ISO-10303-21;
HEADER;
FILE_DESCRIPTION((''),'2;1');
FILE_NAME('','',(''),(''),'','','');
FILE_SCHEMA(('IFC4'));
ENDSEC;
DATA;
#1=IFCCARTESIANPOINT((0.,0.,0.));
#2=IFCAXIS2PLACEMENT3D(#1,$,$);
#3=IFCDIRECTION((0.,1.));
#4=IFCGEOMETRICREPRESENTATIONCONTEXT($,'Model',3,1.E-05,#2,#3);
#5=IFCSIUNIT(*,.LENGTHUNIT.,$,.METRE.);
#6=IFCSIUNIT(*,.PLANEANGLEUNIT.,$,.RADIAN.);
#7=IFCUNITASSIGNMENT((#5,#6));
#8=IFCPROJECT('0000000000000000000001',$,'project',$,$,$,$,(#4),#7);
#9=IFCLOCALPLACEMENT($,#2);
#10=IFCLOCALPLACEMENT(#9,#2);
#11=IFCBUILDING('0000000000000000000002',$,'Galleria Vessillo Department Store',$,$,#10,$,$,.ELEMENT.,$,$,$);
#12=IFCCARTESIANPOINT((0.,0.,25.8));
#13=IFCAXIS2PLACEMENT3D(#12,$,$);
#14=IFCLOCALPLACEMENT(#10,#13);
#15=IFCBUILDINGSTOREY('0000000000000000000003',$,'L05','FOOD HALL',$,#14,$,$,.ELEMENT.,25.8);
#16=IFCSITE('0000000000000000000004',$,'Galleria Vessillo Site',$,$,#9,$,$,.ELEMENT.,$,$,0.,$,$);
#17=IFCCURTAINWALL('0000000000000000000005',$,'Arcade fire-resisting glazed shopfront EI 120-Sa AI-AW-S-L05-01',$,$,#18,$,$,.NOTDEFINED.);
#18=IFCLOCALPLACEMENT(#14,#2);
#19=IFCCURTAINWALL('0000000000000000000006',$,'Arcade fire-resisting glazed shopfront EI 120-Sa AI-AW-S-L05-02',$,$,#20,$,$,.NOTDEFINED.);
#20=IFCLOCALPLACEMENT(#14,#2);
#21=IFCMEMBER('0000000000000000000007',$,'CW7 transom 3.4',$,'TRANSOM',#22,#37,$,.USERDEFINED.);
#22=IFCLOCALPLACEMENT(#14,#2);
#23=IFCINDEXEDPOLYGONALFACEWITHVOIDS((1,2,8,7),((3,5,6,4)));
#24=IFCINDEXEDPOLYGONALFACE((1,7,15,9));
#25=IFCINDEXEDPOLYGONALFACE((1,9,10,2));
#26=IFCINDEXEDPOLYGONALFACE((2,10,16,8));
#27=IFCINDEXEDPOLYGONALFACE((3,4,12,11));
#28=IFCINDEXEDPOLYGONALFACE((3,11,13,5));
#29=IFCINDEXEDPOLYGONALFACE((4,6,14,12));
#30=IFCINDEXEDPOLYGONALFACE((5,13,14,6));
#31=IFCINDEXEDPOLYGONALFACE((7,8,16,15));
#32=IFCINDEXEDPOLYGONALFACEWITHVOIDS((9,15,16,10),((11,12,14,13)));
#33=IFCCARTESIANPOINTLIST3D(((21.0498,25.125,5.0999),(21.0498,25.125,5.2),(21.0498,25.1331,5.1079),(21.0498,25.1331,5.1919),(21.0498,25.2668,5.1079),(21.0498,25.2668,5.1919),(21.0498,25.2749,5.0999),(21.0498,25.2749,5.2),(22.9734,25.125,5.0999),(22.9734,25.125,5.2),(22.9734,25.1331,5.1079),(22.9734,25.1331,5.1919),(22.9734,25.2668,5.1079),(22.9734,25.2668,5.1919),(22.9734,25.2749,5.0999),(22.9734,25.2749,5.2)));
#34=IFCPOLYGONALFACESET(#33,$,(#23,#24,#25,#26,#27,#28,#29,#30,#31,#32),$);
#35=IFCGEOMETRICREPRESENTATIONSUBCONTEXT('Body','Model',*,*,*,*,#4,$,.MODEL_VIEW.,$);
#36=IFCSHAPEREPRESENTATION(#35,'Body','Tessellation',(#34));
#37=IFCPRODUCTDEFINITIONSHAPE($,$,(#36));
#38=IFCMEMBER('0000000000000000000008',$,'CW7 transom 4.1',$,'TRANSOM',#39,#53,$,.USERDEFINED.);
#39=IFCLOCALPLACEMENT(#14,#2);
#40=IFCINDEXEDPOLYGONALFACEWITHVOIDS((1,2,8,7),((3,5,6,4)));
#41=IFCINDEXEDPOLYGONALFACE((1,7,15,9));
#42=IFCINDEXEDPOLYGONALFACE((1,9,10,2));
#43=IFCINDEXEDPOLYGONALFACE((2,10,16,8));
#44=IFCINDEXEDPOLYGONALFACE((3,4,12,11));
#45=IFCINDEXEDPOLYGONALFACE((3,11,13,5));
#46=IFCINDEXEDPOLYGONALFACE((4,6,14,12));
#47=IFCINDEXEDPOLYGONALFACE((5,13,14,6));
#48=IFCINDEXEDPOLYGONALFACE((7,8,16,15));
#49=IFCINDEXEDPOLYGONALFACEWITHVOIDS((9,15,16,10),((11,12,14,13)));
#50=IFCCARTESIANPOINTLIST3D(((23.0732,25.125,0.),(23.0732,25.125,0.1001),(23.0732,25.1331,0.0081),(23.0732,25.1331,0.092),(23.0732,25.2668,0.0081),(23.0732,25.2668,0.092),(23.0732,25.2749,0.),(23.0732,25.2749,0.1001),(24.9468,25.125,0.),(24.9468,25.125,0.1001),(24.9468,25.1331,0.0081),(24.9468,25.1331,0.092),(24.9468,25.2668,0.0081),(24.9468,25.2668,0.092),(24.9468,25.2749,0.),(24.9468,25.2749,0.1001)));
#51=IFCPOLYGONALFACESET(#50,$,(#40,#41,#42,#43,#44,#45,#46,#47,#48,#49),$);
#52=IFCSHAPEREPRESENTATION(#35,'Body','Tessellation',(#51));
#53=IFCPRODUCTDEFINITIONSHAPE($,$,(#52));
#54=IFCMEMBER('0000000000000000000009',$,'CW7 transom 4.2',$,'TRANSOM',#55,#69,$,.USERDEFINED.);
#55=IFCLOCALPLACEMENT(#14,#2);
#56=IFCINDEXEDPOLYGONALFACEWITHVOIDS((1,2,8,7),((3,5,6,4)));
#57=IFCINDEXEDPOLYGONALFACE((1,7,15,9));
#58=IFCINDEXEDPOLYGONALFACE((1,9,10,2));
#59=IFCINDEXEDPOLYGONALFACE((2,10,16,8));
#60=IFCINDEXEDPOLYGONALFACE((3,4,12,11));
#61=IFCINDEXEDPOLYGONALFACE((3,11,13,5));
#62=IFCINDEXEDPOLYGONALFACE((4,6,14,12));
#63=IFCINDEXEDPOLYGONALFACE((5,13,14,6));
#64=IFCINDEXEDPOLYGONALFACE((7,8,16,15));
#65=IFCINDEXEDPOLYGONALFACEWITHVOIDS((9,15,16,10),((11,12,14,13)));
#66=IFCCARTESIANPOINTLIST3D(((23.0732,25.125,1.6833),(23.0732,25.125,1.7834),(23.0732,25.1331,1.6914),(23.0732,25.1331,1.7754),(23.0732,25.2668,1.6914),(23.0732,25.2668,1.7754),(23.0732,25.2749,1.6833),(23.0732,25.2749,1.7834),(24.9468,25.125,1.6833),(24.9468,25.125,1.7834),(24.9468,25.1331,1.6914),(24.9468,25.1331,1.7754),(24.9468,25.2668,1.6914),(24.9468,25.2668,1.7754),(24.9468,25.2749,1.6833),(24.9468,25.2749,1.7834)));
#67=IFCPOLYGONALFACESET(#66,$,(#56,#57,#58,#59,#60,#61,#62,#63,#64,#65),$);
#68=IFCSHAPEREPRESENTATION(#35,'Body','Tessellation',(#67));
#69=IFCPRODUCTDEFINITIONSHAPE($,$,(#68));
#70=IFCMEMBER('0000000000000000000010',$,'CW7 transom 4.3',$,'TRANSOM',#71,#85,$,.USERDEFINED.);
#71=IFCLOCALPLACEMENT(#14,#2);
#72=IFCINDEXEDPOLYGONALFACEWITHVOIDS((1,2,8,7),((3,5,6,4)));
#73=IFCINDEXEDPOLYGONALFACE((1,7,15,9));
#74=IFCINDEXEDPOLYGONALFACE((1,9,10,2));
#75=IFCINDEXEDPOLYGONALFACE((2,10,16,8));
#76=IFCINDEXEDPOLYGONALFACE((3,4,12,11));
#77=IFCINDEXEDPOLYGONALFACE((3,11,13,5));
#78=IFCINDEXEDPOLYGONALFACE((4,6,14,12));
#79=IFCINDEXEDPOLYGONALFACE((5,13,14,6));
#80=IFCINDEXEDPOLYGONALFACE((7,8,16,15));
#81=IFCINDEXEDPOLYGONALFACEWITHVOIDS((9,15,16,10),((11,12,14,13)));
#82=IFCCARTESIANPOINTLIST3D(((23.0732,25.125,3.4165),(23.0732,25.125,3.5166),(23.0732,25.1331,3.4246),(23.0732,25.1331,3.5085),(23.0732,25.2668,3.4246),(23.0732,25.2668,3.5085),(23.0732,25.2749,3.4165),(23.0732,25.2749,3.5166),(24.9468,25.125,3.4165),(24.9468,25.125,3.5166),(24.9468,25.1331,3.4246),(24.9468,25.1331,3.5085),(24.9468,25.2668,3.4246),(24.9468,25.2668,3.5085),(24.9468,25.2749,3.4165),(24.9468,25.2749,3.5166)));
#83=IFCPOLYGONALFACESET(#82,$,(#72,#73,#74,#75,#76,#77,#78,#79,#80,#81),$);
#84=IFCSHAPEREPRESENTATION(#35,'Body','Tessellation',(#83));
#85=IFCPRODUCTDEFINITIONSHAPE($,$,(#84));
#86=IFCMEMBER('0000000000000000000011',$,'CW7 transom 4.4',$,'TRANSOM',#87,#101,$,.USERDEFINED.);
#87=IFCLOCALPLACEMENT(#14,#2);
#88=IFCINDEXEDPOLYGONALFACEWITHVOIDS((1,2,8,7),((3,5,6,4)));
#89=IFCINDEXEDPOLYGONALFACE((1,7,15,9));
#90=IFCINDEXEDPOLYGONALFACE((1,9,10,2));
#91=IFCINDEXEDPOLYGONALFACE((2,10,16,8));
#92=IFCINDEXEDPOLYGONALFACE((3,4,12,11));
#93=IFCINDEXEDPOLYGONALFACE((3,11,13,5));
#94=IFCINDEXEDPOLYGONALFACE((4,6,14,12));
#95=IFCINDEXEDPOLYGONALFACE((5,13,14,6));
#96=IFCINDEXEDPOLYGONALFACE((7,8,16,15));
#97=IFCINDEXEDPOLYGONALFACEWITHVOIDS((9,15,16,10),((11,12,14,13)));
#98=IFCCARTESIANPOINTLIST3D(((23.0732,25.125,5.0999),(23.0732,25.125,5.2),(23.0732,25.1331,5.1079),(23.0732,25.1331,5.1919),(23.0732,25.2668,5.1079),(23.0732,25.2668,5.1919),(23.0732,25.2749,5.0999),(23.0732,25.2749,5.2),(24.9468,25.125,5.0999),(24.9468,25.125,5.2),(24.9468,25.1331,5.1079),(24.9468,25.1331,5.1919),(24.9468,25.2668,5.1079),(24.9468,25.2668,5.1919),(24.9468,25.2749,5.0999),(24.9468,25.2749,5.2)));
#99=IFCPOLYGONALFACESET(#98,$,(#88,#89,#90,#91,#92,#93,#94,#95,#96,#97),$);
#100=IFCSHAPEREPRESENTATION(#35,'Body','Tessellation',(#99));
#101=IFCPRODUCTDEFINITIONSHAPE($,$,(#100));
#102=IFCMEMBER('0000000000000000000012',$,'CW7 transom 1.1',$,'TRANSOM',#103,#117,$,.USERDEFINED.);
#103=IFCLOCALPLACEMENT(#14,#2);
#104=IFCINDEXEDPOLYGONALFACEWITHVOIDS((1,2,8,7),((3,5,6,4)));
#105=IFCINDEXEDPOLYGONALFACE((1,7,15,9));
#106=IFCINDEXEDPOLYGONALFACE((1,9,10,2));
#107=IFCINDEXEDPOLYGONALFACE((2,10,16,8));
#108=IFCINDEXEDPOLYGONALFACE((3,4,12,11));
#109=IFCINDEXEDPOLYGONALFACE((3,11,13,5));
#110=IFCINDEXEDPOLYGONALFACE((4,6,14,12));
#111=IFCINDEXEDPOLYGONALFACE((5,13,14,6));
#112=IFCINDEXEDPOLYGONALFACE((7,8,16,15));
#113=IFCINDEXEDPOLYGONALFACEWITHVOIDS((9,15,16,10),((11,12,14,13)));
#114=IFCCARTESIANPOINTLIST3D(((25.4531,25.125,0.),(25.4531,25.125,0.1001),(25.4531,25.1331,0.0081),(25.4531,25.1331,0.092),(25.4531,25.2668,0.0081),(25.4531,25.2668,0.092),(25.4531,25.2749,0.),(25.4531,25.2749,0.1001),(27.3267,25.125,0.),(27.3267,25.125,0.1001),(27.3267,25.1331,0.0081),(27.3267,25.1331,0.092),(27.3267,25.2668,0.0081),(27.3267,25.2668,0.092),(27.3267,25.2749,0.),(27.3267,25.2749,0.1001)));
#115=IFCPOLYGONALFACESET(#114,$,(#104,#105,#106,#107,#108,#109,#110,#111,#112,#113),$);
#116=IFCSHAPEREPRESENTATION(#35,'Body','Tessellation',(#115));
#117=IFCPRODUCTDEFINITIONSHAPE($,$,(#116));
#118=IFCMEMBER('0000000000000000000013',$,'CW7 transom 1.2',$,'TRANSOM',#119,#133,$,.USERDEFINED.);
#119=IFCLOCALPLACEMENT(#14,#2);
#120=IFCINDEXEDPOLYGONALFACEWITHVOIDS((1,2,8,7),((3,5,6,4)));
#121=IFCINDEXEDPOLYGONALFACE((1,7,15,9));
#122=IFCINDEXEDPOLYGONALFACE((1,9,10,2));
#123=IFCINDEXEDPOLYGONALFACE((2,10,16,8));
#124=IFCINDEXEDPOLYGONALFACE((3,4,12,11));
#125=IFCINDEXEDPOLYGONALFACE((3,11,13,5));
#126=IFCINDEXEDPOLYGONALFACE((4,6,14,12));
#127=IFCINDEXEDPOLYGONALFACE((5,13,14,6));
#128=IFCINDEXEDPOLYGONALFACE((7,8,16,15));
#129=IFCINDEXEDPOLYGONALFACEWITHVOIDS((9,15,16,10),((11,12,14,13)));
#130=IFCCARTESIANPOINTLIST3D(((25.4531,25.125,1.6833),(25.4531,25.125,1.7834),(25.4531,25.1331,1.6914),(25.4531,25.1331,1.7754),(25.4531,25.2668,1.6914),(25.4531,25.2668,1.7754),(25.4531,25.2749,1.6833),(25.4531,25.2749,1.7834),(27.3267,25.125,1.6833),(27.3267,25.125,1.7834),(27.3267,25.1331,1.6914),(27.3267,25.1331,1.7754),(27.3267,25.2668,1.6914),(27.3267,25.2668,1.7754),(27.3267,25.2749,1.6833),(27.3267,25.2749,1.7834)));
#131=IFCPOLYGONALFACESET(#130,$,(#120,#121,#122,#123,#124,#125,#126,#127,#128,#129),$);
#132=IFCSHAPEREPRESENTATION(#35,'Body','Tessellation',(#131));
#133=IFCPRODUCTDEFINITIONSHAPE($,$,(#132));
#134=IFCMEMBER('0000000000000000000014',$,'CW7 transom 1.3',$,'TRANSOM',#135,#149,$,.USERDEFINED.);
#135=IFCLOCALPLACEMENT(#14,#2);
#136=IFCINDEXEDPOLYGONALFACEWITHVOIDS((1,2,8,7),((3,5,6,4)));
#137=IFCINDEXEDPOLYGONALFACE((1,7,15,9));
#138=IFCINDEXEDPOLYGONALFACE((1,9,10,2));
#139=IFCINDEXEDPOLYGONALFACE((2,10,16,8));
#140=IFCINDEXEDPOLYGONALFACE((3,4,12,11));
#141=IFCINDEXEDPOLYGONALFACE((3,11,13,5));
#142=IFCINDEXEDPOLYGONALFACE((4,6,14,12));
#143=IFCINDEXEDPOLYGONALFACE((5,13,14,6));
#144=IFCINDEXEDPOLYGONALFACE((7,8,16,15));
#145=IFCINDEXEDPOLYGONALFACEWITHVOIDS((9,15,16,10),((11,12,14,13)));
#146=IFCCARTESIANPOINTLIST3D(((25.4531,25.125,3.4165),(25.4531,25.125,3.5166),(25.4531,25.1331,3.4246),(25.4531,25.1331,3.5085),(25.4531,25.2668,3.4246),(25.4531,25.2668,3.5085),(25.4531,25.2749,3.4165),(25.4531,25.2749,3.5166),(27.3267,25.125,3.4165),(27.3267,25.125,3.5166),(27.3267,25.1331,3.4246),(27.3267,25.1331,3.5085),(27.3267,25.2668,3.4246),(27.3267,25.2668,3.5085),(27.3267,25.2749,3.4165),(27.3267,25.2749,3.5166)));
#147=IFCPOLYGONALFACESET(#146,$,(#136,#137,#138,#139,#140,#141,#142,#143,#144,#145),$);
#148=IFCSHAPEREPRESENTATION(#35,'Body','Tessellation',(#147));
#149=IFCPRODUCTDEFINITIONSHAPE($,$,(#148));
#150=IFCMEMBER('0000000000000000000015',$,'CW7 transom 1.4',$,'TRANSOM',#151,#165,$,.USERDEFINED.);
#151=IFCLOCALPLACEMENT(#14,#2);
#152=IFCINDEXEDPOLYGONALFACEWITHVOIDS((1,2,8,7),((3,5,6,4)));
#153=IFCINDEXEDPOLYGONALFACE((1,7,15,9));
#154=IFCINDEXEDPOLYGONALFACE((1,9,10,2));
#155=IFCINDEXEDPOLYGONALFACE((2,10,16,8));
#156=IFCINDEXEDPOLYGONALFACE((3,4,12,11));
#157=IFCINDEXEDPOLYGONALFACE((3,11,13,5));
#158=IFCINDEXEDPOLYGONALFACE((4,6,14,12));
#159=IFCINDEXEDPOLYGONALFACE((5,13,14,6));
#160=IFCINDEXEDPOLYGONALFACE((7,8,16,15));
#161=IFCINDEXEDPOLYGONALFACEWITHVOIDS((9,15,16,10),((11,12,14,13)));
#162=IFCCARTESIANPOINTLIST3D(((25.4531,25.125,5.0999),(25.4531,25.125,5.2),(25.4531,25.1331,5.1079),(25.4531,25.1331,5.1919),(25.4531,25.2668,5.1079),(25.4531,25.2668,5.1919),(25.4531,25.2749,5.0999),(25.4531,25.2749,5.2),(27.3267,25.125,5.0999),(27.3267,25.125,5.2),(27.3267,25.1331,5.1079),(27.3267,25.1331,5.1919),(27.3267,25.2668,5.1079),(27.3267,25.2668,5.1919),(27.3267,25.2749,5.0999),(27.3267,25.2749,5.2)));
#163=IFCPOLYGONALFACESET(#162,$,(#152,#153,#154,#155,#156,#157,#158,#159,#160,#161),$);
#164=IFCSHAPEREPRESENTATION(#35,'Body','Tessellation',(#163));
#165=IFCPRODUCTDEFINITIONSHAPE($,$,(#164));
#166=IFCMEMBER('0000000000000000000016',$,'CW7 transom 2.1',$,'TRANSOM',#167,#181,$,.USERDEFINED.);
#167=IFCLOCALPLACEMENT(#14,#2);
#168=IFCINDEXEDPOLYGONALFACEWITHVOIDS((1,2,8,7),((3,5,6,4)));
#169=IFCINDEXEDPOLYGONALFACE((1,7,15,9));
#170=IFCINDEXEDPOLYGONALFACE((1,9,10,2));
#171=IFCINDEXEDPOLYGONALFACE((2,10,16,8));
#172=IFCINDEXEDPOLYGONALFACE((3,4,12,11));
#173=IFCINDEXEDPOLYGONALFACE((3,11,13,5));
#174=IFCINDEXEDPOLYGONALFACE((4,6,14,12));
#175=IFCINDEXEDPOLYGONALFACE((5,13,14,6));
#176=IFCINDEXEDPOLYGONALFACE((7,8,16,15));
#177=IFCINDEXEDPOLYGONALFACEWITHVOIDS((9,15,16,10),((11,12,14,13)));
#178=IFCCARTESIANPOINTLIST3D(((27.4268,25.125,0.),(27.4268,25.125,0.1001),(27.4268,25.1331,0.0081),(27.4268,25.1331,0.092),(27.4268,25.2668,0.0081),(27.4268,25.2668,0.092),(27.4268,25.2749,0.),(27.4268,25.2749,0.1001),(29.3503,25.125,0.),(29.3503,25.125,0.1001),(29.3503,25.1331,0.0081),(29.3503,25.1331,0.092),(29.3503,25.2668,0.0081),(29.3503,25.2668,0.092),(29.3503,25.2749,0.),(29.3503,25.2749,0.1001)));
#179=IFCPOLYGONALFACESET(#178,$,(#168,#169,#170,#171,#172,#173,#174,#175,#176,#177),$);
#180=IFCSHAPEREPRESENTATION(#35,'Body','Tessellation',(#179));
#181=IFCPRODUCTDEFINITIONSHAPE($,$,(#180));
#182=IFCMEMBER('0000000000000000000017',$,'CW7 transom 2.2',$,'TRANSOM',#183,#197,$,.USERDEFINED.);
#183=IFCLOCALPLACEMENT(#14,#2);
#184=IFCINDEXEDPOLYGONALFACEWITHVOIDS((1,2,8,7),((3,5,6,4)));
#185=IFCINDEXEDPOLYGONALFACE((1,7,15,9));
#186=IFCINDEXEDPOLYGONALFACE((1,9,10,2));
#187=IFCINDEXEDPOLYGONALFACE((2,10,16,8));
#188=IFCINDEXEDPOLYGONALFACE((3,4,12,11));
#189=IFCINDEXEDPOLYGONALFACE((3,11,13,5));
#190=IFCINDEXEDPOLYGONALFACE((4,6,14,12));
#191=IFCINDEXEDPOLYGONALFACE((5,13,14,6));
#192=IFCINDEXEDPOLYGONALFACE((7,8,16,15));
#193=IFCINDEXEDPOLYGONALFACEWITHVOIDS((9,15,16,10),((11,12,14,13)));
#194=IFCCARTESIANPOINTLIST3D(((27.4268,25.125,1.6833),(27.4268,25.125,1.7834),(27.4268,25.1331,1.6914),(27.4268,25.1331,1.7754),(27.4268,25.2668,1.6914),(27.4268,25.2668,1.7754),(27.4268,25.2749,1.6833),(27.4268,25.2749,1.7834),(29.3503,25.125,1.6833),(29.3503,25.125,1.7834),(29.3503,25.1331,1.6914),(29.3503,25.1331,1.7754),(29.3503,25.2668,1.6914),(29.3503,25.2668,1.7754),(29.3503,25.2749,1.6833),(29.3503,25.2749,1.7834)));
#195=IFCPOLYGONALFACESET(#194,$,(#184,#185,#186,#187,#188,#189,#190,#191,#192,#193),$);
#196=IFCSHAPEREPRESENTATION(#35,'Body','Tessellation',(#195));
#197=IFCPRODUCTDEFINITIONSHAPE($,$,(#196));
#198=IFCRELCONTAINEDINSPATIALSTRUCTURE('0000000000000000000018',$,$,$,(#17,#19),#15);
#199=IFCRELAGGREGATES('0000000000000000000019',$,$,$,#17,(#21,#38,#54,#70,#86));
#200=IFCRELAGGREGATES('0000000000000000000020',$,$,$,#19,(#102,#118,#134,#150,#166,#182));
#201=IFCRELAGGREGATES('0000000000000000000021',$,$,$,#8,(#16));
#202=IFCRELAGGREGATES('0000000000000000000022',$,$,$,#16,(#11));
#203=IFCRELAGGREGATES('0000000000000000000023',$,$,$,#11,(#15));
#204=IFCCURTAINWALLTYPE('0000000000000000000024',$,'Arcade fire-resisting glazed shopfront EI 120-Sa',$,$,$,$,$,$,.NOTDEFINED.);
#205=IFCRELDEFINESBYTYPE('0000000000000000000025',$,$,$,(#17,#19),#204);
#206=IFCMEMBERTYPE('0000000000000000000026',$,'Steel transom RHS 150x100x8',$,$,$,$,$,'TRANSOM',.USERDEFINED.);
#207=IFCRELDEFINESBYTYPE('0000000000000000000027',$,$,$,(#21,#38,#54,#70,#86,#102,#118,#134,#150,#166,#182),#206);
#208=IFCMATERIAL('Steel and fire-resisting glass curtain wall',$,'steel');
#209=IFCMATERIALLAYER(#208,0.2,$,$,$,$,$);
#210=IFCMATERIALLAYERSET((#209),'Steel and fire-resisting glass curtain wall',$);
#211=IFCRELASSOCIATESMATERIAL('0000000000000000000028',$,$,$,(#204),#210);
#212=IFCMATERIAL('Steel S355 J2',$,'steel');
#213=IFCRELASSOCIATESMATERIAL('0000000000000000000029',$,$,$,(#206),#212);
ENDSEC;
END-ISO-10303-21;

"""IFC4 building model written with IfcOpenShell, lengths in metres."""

from ifc_helpers import new_model, si_unit, direction, frame, origin, origin_2d, place, context, subcontext, project, spatial, hollow_rectangle, extrude, material, layer, layer_set, material_profile, profile_set, type_object, element, aggregate, save


model = new_model("IFC4")

# Units and contexts
model_context = context("Model", 3, precision=1e-05, world=origin(), true_north=direction((0.0, 1.0)))
body_context = subcontext(model_context, "Body", "Model", "MODEL_VIEW")
ifc_project = project(units=[si_unit("LENGTHUNIT", "METRE"), si_unit("PLANEANGLEUNIT", "RADIAN")], contexts=[model_context])

# Site, building, storey
site_placement = place(None, origin())
site = spatial("IfcSite", under=ifc_project, at=site_placement, Name="Galleria Vessillo Site", CompositionType="ELEMENT", RefElevation=0.0)
building_placement = place(site_placement, origin())
building = spatial("IfcBuilding", under=site, at=building_placement, Name="Galleria Vessillo Department Store", CompositionType="ELEMENT")
storey_placement = place(building_placement, frame((0.0, 0.0, 25.8)))
storey = spatial("IfcBuildingStorey", under=building, at=storey_placement, Name="L05", Description="FOOD HALL", CompositionType="ELEMENT", Elevation=25.8)

# Curtain walls
ifc_material_1 = material(Name="Steel and fire-resisting glass curtain wall", Category="steel")
ifc_layer_1 = layer(ifc_material_1, 0.2)
ifc_layer_set_1 = layer_set([ifc_layer_1], Name="Steel and fire-resisting glass curtain wall")
curtain_wall_type = type_object("IfcCurtainWallType", Name="Arcade fire-resisting glazed shopfront EI 120-Sa", PredefinedType="NOTDEFINED", material=ifc_layer_set_1)
curtain_wall_1_placement = place(storey_placement, origin())
curtain_wall_1 = element("IfcCurtainWall", 1, at=curtain_wall_1_placement, inside=storey, type_object=curtain_wall_type, Name="Arcade fire-resisting glazed shopfront EI 120-Sa AI-AW-S-L05-01", PredefinedType="NOTDEFINED")
curtain_wall_2_placement = place(storey_placement, origin())
curtain_wall_2 = element("IfcCurtainWall", 2, at=curtain_wall_2_placement, inside=storey, type_object=curtain_wall_type, Name="Arcade fire-resisting glazed shopfront EI 120-Sa AI-AW-S-L05-02", PredefinedType="NOTDEFINED")

# Members
ifc_material_2 = material(Name="Steel S355 J2", Category="steel")
ifc_material_profile_1 = material_profile(ifc_material_2, hollow_rectangle(XDim=0.1499, YDim=0.1001, WallThickness=0.0081, at=origin_2d()), Name="RHS 150x100x8")
ifc_profile_set_1 = profile_set([ifc_material_profile_1], Name="Steel S355 J2")
member_type_1 = type_object("IfcMemberType", Name="Steel transom RHS 150x100x8", ElementType="TRANSOM", PredefinedType="USERDEFINED", material=ifc_profile_set_1)
member_1_placement = place(storey_placement, frame((21.0498, 25.2, 5.1499), z_axis=(1.0, 0.0, 0.0), x_axis=(0.0, 1.0, 0.0)))
member_1 = element("IfcMember", 3, at=member_1_placement, type_object=member_type_1, Name="CW7 transom 3.4", ObjectType="TRANSOM", PredefinedType="USERDEFINED", context=body_context, shape_type="SweptSolid", body=[
    extrude(hollow_rectangle(XDim=0.1499, YDim=0.1001, WallThickness=0.0081, at=origin_2d()), origin(), (0.0, 0.0, 1.0), 1.9236),
])
member_2_placement = place(storey_placement, frame((23.0732, 25.2, 0.05), z_axis=(1.0, 0.0, 0.0), x_axis=(0.0, 1.0, 0.0)))
member_2 = element("IfcMember", 4, at=member_2_placement, type_object=member_type_1, Name="CW7 transom 4.1", ObjectType="TRANSOM", PredefinedType="USERDEFINED", context=body_context, shape_type="SweptSolid", body=[
    extrude(hollow_rectangle(XDim=0.1499, YDim=0.1001, WallThickness=0.0081, at=origin_2d()), origin(), (0.0, 0.0, 1.0), 1.8735),
])
member_3_placement = place(storey_placement, frame((23.0732, 25.2, 1.7334), z_axis=(1.0, 0.0, 0.0), x_axis=(0.0, 1.0, 0.0)))
member_3 = element("IfcMember", 5, at=member_3_placement, type_object=member_type_1, Name="CW7 transom 4.2", ObjectType="TRANSOM", PredefinedType="USERDEFINED", context=body_context, shape_type="SweptSolid", body=[
    extrude(hollow_rectangle(XDim=0.1499, YDim=0.1001, WallThickness=0.0081, at=origin_2d()), origin(), (0.0, 0.0, 1.0), 1.8735),
])
member_4_placement = place(storey_placement, frame((23.0732, 25.2, 3.4666), z_axis=(1.0, 0.0, 0.0), x_axis=(0.0, 1.0, 0.0)))
member_4 = element("IfcMember", 6, at=member_4_placement, type_object=member_type_1, Name="CW7 transom 4.3", ObjectType="TRANSOM", PredefinedType="USERDEFINED", context=body_context, shape_type="SweptSolid", body=[
    extrude(hollow_rectangle(XDim=0.1499, YDim=0.1001, WallThickness=0.0081, at=origin_2d()), origin(), (0.0, 0.0, 1.0), 1.8735),
])
member_5_placement = place(storey_placement, frame((23.0732, 25.2, 5.1499), z_axis=(1.0, 0.0, 0.0), x_axis=(0.0, 1.0, 0.0)))
member_5 = element("IfcMember", 7, at=member_5_placement, type_object=member_type_1, Name="CW7 transom 4.4", ObjectType="TRANSOM", PredefinedType="USERDEFINED", context=body_context, shape_type="SweptSolid", body=[
    extrude(hollow_rectangle(XDim=0.1499, YDim=0.1001, WallThickness=0.0081, at=origin_2d()), origin(), (0.0, 0.0, 1.0), 1.8735),
])
member_6_placement = place(storey_placement, frame((25.4531, 25.2, 0.05), z_axis=(1.0, 0.0, 0.0), x_axis=(0.0, 1.0, 0.0)))
member_6 = element("IfcMember", 8, at=member_6_placement, type_object=member_type_1, Name="CW7 transom 1.1", ObjectType="TRANSOM", PredefinedType="USERDEFINED", context=body_context, shape_type="SweptSolid", body=[
    extrude(hollow_rectangle(XDim=0.1499, YDim=0.1001, WallThickness=0.0081, at=origin_2d()), origin(), (0.0, 0.0, 1.0), 1.8735),
])
member_7_placement = place(storey_placement, frame((25.4531, 25.2, 1.7334), z_axis=(1.0, 0.0, 0.0), x_axis=(0.0, 1.0, 0.0)))
member_7 = element("IfcMember", 9, at=member_7_placement, type_object=member_type_1, Name="CW7 transom 1.2", ObjectType="TRANSOM", PredefinedType="USERDEFINED", context=body_context, shape_type="SweptSolid", body=[
    extrude(hollow_rectangle(XDim=0.1499, YDim=0.1001, WallThickness=0.0081, at=origin_2d()), origin(), (0.0, 0.0, 1.0), 1.8735),
])
member_8_placement = place(storey_placement, frame((25.4531, 25.2, 3.4666), z_axis=(1.0, 0.0, 0.0), x_axis=(0.0, 1.0, 0.0)))
member_8 = element("IfcMember", 10, at=member_8_placement, type_object=member_type_1, Name="CW7 transom 1.3", ObjectType="TRANSOM", PredefinedType="USERDEFINED", context=body_context, shape_type="SweptSolid", body=[
    extrude(hollow_rectangle(XDim=0.1499, YDim=0.1001, WallThickness=0.0081, at=origin_2d()), origin(), (0.0, 0.0, 1.0), 1.8735),
])
member_9_placement = place(storey_placement, frame((25.4531, 25.2, 5.1499), z_axis=(1.0, 0.0, 0.0), x_axis=(0.0, 1.0, 0.0)))
member_9 = element("IfcMember", 11, at=member_9_placement, type_object=member_type_1, Name="CW7 transom 1.4", ObjectType="TRANSOM", PredefinedType="USERDEFINED", context=body_context, shape_type="SweptSolid", body=[
    extrude(hollow_rectangle(XDim=0.1499, YDim=0.1001, WallThickness=0.0081, at=origin_2d()), origin(), (0.0, 0.0, 1.0), 1.8735),
])
member_10_placement = place(storey_placement, frame((27.4268, 25.2, 0.05), z_axis=(1.0, 0.0, 0.0), x_axis=(0.0, 1.0, 0.0)))
member_10 = element("IfcMember", 12, at=member_10_placement, type_object=member_type_1, Name="CW7 transom 2.1", ObjectType="TRANSOM", PredefinedType="USERDEFINED", context=body_context, shape_type="SweptSolid", body=[
    extrude(hollow_rectangle(XDim=0.1499, YDim=0.1001, WallThickness=0.0081, at=origin_2d()), origin(), (0.0, 0.0, 1.0), 1.9236),
])
member_11_placement = place(storey_placement, frame((27.4268, 25.2, 1.7334), z_axis=(1.0, 0.0, 0.0), x_axis=(0.0, 1.0, 0.0)))
member_11 = element("IfcMember", 13, at=member_11_placement, type_object=member_type_1, Name="CW7 transom 2.2", ObjectType="TRANSOM", PredefinedType="USERDEFINED", context=body_context, shape_type="SweptSolid", body=[
    extrude(hollow_rectangle(XDim=0.1499, YDim=0.1001, WallThickness=0.0081, at=origin_2d()), origin(), (0.0, 0.0, 1.0), 1.9236),
])

aggregate(curtain_wall_1, [member_1, member_2, member_3, member_4, member_5])
aggregate(curtain_wall_2, [member_6, member_7, member_8, member_9, member_10, member_11])

save(model, "model.ifc")
